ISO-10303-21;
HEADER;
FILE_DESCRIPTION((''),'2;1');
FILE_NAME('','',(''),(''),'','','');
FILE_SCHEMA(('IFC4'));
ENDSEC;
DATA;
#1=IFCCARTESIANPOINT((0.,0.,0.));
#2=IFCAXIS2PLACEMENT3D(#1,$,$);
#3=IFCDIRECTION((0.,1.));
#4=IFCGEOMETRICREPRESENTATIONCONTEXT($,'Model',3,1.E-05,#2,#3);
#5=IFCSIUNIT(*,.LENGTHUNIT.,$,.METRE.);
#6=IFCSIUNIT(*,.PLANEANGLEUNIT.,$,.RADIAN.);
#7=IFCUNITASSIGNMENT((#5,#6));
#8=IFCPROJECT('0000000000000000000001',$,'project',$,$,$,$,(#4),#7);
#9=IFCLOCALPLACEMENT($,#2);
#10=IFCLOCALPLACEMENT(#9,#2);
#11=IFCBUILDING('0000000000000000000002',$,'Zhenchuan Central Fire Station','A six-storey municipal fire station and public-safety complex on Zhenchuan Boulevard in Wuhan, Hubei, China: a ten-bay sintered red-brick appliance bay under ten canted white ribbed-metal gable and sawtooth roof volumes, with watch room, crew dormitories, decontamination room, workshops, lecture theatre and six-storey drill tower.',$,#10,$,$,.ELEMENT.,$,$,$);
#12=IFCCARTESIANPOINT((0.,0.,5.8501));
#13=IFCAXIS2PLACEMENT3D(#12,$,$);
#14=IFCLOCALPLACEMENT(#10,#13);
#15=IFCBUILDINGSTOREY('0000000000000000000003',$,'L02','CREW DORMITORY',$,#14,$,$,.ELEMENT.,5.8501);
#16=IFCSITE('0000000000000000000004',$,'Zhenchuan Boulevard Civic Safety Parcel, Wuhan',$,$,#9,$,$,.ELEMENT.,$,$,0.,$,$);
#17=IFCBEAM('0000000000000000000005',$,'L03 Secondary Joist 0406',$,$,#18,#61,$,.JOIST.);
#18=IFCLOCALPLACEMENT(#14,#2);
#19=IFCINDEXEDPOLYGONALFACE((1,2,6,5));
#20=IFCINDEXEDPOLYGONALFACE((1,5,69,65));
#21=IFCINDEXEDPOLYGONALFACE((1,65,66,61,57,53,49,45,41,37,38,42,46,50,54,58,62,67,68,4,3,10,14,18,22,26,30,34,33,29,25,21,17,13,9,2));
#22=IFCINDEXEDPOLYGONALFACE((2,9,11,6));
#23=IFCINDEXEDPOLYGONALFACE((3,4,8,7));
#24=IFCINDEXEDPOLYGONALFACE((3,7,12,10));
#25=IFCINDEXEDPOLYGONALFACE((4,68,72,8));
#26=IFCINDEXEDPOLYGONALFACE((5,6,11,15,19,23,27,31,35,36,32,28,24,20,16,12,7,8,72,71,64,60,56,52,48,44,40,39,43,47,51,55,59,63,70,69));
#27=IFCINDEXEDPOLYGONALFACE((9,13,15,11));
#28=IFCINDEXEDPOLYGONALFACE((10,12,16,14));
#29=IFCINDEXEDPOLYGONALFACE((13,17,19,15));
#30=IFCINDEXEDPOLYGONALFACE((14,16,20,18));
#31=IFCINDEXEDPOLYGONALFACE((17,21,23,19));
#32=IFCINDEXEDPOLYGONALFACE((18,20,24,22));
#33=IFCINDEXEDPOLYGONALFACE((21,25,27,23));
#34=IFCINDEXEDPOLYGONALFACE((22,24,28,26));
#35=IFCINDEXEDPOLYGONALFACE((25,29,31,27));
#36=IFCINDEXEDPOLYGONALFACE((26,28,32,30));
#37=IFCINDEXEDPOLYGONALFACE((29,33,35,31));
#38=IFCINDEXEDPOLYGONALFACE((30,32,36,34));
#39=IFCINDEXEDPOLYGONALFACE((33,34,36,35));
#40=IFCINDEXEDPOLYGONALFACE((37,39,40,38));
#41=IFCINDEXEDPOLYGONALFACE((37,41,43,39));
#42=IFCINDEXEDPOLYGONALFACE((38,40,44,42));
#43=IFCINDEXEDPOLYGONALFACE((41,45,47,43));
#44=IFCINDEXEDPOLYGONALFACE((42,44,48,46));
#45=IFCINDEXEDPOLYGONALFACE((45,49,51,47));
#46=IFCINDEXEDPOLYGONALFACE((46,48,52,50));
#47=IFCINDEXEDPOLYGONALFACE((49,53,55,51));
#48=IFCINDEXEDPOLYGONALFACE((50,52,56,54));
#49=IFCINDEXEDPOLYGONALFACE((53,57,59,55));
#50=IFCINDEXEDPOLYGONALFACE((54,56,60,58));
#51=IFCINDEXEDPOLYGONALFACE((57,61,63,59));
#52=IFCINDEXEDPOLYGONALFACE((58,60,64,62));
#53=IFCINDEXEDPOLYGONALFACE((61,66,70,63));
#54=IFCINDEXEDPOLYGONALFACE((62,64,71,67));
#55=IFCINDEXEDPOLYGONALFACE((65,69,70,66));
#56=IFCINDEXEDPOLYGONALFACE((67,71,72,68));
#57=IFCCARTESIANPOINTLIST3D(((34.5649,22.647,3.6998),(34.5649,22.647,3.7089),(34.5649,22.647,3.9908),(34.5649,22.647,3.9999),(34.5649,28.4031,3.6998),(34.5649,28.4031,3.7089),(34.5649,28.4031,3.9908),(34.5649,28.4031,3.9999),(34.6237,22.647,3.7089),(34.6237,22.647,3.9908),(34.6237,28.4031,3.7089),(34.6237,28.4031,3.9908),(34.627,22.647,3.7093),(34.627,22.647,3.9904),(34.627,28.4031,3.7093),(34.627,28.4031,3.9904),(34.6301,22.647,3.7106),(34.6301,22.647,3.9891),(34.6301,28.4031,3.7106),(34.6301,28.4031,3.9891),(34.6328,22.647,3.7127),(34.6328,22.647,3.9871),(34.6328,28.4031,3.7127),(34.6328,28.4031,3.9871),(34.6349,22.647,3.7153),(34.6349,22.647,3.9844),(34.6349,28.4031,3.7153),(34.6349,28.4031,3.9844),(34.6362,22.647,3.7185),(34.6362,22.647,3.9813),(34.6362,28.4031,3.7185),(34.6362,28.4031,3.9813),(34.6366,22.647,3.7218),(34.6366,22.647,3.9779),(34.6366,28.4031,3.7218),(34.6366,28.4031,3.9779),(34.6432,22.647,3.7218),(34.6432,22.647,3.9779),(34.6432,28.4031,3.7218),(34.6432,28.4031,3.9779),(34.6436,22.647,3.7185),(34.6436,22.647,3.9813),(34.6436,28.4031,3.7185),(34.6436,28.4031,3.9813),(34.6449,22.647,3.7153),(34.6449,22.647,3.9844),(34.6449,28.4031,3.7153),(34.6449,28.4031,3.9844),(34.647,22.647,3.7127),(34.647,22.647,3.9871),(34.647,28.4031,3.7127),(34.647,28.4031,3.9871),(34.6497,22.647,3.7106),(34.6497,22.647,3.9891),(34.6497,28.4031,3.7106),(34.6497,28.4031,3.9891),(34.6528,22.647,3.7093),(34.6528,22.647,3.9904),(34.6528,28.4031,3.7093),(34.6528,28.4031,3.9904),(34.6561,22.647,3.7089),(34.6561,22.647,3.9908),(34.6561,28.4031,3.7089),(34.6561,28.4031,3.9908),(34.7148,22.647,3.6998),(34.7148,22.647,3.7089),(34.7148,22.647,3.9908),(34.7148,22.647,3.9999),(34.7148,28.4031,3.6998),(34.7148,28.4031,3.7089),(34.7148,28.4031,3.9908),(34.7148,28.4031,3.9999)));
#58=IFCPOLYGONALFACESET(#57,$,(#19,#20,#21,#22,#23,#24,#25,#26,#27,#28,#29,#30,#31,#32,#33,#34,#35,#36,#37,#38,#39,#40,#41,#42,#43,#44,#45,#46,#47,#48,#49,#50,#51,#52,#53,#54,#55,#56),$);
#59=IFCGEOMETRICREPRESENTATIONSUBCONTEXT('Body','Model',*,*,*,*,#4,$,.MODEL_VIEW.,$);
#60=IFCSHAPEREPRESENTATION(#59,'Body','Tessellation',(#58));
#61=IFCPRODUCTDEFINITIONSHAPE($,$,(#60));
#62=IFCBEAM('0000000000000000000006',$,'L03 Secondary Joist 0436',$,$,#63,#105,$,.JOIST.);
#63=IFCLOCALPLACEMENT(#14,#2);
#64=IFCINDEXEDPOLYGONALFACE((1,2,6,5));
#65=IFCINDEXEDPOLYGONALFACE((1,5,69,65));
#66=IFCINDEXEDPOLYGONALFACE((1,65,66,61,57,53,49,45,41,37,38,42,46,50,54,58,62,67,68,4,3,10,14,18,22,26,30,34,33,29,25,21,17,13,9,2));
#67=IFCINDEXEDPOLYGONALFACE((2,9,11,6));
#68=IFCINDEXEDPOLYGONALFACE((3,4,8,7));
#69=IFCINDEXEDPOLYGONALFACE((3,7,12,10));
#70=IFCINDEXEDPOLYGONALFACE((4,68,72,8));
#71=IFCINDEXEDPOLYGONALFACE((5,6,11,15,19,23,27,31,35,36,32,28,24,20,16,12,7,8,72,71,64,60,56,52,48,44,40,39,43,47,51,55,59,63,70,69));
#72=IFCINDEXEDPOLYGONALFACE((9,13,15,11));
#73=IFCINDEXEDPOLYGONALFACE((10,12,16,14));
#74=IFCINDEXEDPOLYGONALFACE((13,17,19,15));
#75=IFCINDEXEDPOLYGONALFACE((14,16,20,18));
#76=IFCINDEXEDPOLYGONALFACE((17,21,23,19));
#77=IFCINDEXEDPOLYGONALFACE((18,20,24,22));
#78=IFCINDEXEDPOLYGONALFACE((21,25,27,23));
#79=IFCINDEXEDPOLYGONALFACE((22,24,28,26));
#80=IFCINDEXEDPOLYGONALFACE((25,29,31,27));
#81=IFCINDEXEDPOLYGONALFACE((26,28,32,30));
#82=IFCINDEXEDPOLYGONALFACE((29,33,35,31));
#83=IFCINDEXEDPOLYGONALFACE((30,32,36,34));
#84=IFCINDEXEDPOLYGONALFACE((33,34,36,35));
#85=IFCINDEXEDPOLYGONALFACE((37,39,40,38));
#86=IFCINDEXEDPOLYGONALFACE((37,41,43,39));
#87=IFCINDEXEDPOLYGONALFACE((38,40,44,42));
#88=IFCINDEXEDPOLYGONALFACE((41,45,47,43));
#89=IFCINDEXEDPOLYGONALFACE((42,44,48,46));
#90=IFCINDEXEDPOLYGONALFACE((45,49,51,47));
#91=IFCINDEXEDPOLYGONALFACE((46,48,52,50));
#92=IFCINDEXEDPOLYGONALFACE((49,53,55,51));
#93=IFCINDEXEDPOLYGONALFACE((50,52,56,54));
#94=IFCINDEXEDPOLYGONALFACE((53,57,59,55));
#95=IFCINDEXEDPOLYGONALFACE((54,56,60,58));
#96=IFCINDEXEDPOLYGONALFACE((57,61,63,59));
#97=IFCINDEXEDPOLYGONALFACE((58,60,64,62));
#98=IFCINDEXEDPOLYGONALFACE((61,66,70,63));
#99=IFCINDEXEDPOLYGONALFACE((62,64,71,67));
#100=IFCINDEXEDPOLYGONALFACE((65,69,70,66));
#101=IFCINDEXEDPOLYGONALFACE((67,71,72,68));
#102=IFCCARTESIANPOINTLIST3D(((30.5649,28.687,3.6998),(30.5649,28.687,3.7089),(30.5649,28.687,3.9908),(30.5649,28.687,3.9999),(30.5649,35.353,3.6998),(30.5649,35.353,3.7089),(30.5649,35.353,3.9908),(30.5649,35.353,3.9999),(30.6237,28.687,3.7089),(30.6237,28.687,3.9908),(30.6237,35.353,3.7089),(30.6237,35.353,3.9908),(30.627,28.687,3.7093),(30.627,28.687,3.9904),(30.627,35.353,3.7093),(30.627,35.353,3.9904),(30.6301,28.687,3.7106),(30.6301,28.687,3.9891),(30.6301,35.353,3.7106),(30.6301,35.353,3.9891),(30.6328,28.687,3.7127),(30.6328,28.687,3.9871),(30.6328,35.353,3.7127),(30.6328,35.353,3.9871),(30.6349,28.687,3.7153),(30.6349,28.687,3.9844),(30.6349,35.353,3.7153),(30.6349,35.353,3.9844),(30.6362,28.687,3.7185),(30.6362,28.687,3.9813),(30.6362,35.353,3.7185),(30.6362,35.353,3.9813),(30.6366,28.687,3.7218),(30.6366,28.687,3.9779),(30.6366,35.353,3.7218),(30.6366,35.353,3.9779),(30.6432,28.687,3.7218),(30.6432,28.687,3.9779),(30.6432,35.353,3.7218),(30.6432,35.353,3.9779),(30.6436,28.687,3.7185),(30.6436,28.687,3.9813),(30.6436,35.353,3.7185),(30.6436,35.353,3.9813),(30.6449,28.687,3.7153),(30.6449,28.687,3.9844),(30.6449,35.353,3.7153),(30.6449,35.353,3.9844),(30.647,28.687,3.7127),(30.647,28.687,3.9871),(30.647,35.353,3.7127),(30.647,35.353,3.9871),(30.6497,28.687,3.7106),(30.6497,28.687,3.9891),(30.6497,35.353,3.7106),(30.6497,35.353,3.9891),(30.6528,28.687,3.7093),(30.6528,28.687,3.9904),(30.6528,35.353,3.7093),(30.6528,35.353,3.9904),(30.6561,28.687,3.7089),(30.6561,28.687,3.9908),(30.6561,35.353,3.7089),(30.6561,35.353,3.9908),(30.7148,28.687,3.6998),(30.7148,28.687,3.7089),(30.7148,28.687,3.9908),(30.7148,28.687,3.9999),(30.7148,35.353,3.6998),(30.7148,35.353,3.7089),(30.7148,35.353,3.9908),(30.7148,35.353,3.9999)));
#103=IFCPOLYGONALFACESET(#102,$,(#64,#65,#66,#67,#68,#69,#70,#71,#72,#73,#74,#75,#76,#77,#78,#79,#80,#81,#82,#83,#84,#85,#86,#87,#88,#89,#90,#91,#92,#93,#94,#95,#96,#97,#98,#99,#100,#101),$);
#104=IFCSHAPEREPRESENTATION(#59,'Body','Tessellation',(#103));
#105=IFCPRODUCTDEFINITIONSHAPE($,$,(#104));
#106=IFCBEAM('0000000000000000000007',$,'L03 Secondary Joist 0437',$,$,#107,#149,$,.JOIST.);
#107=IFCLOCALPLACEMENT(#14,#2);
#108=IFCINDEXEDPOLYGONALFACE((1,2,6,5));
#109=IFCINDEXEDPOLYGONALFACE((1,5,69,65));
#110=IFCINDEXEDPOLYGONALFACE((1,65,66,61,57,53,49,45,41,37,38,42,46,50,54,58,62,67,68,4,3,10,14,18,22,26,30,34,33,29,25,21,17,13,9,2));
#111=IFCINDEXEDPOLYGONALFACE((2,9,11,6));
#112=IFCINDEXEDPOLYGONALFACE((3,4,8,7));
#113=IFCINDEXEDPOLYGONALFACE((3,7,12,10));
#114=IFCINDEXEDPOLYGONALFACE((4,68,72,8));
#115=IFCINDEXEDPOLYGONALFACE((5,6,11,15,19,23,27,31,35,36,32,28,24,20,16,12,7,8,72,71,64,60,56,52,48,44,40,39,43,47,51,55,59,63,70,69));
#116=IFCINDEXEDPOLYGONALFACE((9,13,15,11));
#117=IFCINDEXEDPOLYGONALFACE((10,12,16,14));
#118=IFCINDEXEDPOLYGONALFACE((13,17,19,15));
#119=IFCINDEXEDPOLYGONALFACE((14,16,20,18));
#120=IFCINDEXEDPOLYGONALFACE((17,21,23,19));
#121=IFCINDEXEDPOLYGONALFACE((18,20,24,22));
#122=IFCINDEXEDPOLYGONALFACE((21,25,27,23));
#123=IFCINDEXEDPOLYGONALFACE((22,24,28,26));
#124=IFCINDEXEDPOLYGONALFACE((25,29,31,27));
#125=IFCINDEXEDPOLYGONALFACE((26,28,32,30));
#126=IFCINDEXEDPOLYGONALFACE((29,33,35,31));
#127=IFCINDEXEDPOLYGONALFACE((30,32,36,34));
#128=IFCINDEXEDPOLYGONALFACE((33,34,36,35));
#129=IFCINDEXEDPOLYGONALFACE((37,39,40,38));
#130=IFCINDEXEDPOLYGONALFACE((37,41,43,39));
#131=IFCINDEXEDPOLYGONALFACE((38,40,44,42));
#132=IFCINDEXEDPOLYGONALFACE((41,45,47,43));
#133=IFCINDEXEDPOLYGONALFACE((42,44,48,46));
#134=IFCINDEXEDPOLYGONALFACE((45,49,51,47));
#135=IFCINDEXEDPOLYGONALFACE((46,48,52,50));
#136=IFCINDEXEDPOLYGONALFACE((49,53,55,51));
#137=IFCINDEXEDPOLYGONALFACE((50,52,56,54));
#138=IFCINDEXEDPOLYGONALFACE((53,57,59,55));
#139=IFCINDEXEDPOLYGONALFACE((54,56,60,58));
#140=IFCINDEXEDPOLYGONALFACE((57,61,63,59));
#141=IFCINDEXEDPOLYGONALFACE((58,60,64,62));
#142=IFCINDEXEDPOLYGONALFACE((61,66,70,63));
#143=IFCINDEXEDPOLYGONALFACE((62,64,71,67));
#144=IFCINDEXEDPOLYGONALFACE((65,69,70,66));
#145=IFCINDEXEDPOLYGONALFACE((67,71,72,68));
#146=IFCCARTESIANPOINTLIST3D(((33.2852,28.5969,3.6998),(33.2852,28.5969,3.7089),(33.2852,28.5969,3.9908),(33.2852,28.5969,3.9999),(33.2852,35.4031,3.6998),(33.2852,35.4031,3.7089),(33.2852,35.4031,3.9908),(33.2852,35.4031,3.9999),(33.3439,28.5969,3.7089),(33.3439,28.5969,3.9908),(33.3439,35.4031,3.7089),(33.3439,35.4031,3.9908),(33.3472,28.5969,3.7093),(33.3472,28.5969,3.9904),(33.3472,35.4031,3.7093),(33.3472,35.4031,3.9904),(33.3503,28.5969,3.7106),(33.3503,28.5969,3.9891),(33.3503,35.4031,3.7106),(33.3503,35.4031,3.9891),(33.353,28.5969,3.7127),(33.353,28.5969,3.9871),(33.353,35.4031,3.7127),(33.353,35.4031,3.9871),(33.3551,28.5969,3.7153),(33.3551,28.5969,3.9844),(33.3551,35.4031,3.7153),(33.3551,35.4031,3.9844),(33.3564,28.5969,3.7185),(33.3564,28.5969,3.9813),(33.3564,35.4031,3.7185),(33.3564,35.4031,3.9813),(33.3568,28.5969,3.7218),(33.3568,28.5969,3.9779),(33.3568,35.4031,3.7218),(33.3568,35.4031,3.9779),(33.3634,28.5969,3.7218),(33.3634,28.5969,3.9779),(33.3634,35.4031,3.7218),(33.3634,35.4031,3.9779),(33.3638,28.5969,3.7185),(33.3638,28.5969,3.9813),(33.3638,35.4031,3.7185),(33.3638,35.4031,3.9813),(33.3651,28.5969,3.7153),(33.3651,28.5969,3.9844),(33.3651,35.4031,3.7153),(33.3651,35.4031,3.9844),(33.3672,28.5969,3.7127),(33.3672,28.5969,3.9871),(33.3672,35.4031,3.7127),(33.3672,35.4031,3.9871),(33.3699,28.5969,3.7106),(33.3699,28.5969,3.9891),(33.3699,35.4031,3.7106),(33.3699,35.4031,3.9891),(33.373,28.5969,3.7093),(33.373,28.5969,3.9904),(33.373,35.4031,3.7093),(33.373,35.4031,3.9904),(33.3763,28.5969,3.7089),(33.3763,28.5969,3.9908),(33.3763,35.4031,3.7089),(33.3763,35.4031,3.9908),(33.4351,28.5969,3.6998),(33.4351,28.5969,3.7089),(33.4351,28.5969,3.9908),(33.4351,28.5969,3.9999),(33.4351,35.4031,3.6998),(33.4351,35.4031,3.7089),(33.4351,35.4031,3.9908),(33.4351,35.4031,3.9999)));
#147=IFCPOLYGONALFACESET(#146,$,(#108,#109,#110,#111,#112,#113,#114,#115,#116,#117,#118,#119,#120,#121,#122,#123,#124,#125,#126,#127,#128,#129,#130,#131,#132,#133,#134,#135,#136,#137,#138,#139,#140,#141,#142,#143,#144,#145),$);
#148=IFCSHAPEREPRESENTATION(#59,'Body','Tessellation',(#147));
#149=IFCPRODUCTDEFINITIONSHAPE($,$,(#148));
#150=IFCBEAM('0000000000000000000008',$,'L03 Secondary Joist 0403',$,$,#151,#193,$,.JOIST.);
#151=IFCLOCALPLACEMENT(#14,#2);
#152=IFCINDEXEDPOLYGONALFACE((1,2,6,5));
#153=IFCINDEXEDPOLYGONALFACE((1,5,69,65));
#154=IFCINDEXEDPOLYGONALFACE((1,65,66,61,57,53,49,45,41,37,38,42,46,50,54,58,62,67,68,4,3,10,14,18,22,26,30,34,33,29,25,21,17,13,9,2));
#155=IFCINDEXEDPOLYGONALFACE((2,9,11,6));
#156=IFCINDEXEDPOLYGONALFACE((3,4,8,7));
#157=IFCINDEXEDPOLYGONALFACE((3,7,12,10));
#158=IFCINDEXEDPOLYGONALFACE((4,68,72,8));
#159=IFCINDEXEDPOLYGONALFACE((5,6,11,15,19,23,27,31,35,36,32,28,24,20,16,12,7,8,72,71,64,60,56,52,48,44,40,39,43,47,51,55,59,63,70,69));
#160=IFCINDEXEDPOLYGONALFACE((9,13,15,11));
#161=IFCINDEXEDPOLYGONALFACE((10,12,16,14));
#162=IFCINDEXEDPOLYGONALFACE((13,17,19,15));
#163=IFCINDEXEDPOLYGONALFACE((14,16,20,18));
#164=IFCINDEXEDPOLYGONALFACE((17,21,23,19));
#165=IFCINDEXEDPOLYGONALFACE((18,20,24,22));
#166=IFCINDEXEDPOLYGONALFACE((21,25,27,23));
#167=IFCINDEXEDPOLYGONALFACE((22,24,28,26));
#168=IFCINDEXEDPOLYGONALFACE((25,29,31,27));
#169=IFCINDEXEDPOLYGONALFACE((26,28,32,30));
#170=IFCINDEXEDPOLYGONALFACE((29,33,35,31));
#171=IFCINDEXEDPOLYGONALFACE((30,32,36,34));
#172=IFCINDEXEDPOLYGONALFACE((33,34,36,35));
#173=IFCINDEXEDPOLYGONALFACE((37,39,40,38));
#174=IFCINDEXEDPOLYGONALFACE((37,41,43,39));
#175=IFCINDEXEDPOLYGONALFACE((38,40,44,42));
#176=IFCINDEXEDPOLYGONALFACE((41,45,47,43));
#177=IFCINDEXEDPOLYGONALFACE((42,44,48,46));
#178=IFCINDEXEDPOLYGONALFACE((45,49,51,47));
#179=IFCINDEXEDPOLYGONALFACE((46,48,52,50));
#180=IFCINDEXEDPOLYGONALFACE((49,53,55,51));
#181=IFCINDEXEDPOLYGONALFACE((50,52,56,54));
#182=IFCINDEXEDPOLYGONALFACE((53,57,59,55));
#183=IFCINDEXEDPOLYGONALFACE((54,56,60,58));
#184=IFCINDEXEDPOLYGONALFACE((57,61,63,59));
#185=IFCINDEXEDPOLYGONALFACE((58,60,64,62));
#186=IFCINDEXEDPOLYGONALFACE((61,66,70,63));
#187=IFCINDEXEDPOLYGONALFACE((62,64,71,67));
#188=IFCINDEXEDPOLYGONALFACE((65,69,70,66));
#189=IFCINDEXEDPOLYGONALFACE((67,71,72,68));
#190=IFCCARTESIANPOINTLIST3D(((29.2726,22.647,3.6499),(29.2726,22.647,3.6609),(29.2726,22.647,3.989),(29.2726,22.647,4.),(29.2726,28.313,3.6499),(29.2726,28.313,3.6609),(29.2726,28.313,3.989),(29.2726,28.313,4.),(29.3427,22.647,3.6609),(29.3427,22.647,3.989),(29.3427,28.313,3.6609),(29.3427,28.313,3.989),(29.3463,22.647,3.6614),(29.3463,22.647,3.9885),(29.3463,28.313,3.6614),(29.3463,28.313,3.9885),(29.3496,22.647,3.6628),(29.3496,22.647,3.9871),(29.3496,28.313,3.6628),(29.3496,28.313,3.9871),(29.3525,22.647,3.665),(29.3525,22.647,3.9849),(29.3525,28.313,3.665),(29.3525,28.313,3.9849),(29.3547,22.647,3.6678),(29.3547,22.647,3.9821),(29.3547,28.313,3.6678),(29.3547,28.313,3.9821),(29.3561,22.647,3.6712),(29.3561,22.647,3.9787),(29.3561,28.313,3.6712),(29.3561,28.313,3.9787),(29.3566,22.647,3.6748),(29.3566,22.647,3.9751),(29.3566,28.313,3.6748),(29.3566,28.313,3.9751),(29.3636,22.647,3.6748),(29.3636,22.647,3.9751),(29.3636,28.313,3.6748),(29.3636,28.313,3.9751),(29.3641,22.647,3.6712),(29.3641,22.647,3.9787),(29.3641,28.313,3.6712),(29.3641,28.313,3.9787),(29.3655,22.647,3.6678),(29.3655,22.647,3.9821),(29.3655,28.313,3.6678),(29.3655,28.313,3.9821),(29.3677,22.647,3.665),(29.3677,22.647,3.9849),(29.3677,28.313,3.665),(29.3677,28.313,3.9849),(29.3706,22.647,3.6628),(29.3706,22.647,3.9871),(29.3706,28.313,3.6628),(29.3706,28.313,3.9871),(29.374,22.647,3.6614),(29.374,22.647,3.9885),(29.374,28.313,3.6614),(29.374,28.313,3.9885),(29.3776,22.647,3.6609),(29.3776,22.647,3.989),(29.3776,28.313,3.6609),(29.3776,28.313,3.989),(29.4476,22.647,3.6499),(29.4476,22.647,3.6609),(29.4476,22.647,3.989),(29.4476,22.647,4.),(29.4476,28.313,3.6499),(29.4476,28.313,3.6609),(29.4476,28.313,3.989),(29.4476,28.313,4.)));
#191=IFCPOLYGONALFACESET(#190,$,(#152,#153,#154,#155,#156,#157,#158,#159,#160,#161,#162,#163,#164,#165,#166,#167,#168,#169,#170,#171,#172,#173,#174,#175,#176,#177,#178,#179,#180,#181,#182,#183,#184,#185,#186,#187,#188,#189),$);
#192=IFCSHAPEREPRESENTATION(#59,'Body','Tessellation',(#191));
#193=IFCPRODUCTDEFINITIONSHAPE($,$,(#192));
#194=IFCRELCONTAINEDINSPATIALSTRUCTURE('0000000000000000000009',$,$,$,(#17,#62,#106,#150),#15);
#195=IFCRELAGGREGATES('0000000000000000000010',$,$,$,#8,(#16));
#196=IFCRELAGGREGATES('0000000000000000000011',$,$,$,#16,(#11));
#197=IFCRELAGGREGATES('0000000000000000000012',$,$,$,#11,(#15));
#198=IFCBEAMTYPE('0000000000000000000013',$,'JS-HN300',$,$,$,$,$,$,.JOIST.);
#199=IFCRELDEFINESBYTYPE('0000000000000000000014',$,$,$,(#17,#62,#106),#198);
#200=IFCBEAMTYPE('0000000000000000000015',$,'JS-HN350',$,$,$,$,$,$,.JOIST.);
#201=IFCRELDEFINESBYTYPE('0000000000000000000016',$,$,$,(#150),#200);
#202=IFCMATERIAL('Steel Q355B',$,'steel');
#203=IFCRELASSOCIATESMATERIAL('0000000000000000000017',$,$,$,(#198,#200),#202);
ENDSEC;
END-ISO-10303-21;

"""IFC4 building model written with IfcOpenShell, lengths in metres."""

from ifc_helpers import new_model, si_unit, direction, frame, origin, origin_2d, place, context, subcontext, project, spatial, i_section, extrude, material, material_profile, profile_set, type_object, element, save


model = new_model("IFC4")

# Units and contexts
model_context = context("Model", 3, precision=1e-05, world=origin(), true_north=direction((0.0, 1.0)))
body_context = subcontext(model_context, "Body", "Model", "MODEL_VIEW")
ifc_project = project(units=[si_unit("LENGTHUNIT", "METRE"), si_unit("PLANEANGLEUNIT", "RADIAN")], contexts=[model_context])

# Site, building, storey
site_placement = place(None, origin())
site = spatial("IfcSite", under=ifc_project, at=site_placement, Name="Zhenchuan Boulevard Civic Safety Parcel, Wuhan", CompositionType="ELEMENT", RefElevation=0.0)
building_placement = place(site_placement, origin())
building = spatial("IfcBuilding", under=site, at=building_placement, Name="Zhenchuan Central Fire Station", Description="A six-storey municipal fire station and public-safety complex on Zhenchuan Boulevard in Wuhan, Hubei, China: a ten-bay sintered red-brick appliance bay under ten canted white ribbed-metal gable and sawtooth roof volumes, with watch room, crew dormitories, decontamination room, workshops, lecture theatre and six-storey drill tower.", CompositionType="ELEMENT")
storey_placement = place(building_placement, frame((0.0, 0.0, 5.8501)))
storey = spatial("IfcBuildingStorey", under=building, at=storey_placement, Name="L02", Description="CREW DORMITORY", CompositionType="ELEMENT", Elevation=5.8501)

# Shared definitions
ifc_material_1 = material(Name="Steel Q355B", Category="steel")

# Beams
ifc_material_profile_1 = material_profile(ifc_material_1, i_section(OverallWidth=0.1499, OverallDepth=0.3, WebThickness=0.0066, FlangeThickness=0.009, FilletRadius=0.0129, at=origin_2d()), Name="HN 300x150")
ifc_profile_set_1 = profile_set([ifc_material_profile_1], Name="Steel Q355B")
beam_type_1 = type_object("IfcBeamType", Name="JS-HN300", PredefinedType="JOIST", material=ifc_profile_set_1)
beam_1_placement = place(storey_placement, frame((34.6399, 22.647, 3.8499), z_axis=(0.0, 1.0, 0.0), x_axis=(-1.0, 0.0, 0.0)))
element("IfcBeam", 1, at=beam_1_placement, inside=storey, type_object=beam_type_1, Name="L03 Secondary Joist 0406", PredefinedType="JOIST", context=body_context, shape_type="SweptSolid", body=[
    extrude(i_section(OverallWidth=0.1499, OverallDepth=0.3, WebThickness=0.0066, FlangeThickness=0.009, FilletRadius=0.0129, at=origin_2d()), origin(), (0.0, 0.0, 1.0), 5.7561),
])
beam_2_placement = place(storey_placement, frame((30.6399, 28.687, 3.8499), z_axis=(0.0, 1.0, 0.0), x_axis=(-1.0, 0.0, 0.0)))
element("IfcBeam", 2, at=beam_2_placement, inside=storey, type_object=beam_type_1, Name="L03 Secondary Joist 0436", PredefinedType="JOIST", context=body_context, shape_type="SweptSolid", body=[
    extrude(i_section(OverallWidth=0.1499, OverallDepth=0.3, WebThickness=0.0066, FlangeThickness=0.009, FilletRadius=0.0129, at=origin_2d()), origin(), (0.0, 0.0, 1.0), 6.666),
])
beam_3_placement = place(storey_placement, frame((33.3601, 28.5969, 3.8499), z_axis=(0.0, 1.0, 0.0), x_axis=(-1.0, 0.0, 0.0)))
element("IfcBeam", 3, at=beam_3_placement, inside=storey, type_object=beam_type_1, Name="L03 Secondary Joist 0437", PredefinedType="JOIST", context=body_context, shape_type="SweptSolid", body=[
    extrude(i_section(OverallWidth=0.1499, OverallDepth=0.3, WebThickness=0.0066, FlangeThickness=0.009, FilletRadius=0.0129, at=origin_2d()), origin(), (0.0, 0.0, 1.0), 6.8062),
])
ifc_material_profile_2 = material_profile(ifc_material_1, i_section(OverallWidth=0.175, OverallDepth=0.3501, WebThickness=0.0071, FlangeThickness=0.011, FilletRadius=0.0139, at=origin_2d()), Name="HN 350x175")
ifc_profile_set_2 = profile_set([ifc_material_profile_2], Name="Steel Q355B")
beam_type_2 = type_object("IfcBeamType", Name="JS-HN350", PredefinedType="JOIST", material=ifc_profile_set_2)
beam_4_placement = place(storey_placement, frame((29.3601, 22.647, 3.825), z_axis=(0.0, 1.0, 0.0), x_axis=(-1.0, 0.0, 0.0)))
element("IfcBeam", 4, at=beam_4_placement, inside=storey, type_object=beam_type_2, Name="L03 Secondary Joist 0403", PredefinedType="JOIST", context=body_context, shape_type="SweptSolid", body=[
    extrude(i_section(OverallWidth=0.175, OverallDepth=0.3501, WebThickness=0.0071, FlangeThickness=0.011, FilletRadius=0.0139, at=origin_2d()), origin(), (0.0, 0.0, 1.0), 5.666),
])

save(model, "model.ifc")
